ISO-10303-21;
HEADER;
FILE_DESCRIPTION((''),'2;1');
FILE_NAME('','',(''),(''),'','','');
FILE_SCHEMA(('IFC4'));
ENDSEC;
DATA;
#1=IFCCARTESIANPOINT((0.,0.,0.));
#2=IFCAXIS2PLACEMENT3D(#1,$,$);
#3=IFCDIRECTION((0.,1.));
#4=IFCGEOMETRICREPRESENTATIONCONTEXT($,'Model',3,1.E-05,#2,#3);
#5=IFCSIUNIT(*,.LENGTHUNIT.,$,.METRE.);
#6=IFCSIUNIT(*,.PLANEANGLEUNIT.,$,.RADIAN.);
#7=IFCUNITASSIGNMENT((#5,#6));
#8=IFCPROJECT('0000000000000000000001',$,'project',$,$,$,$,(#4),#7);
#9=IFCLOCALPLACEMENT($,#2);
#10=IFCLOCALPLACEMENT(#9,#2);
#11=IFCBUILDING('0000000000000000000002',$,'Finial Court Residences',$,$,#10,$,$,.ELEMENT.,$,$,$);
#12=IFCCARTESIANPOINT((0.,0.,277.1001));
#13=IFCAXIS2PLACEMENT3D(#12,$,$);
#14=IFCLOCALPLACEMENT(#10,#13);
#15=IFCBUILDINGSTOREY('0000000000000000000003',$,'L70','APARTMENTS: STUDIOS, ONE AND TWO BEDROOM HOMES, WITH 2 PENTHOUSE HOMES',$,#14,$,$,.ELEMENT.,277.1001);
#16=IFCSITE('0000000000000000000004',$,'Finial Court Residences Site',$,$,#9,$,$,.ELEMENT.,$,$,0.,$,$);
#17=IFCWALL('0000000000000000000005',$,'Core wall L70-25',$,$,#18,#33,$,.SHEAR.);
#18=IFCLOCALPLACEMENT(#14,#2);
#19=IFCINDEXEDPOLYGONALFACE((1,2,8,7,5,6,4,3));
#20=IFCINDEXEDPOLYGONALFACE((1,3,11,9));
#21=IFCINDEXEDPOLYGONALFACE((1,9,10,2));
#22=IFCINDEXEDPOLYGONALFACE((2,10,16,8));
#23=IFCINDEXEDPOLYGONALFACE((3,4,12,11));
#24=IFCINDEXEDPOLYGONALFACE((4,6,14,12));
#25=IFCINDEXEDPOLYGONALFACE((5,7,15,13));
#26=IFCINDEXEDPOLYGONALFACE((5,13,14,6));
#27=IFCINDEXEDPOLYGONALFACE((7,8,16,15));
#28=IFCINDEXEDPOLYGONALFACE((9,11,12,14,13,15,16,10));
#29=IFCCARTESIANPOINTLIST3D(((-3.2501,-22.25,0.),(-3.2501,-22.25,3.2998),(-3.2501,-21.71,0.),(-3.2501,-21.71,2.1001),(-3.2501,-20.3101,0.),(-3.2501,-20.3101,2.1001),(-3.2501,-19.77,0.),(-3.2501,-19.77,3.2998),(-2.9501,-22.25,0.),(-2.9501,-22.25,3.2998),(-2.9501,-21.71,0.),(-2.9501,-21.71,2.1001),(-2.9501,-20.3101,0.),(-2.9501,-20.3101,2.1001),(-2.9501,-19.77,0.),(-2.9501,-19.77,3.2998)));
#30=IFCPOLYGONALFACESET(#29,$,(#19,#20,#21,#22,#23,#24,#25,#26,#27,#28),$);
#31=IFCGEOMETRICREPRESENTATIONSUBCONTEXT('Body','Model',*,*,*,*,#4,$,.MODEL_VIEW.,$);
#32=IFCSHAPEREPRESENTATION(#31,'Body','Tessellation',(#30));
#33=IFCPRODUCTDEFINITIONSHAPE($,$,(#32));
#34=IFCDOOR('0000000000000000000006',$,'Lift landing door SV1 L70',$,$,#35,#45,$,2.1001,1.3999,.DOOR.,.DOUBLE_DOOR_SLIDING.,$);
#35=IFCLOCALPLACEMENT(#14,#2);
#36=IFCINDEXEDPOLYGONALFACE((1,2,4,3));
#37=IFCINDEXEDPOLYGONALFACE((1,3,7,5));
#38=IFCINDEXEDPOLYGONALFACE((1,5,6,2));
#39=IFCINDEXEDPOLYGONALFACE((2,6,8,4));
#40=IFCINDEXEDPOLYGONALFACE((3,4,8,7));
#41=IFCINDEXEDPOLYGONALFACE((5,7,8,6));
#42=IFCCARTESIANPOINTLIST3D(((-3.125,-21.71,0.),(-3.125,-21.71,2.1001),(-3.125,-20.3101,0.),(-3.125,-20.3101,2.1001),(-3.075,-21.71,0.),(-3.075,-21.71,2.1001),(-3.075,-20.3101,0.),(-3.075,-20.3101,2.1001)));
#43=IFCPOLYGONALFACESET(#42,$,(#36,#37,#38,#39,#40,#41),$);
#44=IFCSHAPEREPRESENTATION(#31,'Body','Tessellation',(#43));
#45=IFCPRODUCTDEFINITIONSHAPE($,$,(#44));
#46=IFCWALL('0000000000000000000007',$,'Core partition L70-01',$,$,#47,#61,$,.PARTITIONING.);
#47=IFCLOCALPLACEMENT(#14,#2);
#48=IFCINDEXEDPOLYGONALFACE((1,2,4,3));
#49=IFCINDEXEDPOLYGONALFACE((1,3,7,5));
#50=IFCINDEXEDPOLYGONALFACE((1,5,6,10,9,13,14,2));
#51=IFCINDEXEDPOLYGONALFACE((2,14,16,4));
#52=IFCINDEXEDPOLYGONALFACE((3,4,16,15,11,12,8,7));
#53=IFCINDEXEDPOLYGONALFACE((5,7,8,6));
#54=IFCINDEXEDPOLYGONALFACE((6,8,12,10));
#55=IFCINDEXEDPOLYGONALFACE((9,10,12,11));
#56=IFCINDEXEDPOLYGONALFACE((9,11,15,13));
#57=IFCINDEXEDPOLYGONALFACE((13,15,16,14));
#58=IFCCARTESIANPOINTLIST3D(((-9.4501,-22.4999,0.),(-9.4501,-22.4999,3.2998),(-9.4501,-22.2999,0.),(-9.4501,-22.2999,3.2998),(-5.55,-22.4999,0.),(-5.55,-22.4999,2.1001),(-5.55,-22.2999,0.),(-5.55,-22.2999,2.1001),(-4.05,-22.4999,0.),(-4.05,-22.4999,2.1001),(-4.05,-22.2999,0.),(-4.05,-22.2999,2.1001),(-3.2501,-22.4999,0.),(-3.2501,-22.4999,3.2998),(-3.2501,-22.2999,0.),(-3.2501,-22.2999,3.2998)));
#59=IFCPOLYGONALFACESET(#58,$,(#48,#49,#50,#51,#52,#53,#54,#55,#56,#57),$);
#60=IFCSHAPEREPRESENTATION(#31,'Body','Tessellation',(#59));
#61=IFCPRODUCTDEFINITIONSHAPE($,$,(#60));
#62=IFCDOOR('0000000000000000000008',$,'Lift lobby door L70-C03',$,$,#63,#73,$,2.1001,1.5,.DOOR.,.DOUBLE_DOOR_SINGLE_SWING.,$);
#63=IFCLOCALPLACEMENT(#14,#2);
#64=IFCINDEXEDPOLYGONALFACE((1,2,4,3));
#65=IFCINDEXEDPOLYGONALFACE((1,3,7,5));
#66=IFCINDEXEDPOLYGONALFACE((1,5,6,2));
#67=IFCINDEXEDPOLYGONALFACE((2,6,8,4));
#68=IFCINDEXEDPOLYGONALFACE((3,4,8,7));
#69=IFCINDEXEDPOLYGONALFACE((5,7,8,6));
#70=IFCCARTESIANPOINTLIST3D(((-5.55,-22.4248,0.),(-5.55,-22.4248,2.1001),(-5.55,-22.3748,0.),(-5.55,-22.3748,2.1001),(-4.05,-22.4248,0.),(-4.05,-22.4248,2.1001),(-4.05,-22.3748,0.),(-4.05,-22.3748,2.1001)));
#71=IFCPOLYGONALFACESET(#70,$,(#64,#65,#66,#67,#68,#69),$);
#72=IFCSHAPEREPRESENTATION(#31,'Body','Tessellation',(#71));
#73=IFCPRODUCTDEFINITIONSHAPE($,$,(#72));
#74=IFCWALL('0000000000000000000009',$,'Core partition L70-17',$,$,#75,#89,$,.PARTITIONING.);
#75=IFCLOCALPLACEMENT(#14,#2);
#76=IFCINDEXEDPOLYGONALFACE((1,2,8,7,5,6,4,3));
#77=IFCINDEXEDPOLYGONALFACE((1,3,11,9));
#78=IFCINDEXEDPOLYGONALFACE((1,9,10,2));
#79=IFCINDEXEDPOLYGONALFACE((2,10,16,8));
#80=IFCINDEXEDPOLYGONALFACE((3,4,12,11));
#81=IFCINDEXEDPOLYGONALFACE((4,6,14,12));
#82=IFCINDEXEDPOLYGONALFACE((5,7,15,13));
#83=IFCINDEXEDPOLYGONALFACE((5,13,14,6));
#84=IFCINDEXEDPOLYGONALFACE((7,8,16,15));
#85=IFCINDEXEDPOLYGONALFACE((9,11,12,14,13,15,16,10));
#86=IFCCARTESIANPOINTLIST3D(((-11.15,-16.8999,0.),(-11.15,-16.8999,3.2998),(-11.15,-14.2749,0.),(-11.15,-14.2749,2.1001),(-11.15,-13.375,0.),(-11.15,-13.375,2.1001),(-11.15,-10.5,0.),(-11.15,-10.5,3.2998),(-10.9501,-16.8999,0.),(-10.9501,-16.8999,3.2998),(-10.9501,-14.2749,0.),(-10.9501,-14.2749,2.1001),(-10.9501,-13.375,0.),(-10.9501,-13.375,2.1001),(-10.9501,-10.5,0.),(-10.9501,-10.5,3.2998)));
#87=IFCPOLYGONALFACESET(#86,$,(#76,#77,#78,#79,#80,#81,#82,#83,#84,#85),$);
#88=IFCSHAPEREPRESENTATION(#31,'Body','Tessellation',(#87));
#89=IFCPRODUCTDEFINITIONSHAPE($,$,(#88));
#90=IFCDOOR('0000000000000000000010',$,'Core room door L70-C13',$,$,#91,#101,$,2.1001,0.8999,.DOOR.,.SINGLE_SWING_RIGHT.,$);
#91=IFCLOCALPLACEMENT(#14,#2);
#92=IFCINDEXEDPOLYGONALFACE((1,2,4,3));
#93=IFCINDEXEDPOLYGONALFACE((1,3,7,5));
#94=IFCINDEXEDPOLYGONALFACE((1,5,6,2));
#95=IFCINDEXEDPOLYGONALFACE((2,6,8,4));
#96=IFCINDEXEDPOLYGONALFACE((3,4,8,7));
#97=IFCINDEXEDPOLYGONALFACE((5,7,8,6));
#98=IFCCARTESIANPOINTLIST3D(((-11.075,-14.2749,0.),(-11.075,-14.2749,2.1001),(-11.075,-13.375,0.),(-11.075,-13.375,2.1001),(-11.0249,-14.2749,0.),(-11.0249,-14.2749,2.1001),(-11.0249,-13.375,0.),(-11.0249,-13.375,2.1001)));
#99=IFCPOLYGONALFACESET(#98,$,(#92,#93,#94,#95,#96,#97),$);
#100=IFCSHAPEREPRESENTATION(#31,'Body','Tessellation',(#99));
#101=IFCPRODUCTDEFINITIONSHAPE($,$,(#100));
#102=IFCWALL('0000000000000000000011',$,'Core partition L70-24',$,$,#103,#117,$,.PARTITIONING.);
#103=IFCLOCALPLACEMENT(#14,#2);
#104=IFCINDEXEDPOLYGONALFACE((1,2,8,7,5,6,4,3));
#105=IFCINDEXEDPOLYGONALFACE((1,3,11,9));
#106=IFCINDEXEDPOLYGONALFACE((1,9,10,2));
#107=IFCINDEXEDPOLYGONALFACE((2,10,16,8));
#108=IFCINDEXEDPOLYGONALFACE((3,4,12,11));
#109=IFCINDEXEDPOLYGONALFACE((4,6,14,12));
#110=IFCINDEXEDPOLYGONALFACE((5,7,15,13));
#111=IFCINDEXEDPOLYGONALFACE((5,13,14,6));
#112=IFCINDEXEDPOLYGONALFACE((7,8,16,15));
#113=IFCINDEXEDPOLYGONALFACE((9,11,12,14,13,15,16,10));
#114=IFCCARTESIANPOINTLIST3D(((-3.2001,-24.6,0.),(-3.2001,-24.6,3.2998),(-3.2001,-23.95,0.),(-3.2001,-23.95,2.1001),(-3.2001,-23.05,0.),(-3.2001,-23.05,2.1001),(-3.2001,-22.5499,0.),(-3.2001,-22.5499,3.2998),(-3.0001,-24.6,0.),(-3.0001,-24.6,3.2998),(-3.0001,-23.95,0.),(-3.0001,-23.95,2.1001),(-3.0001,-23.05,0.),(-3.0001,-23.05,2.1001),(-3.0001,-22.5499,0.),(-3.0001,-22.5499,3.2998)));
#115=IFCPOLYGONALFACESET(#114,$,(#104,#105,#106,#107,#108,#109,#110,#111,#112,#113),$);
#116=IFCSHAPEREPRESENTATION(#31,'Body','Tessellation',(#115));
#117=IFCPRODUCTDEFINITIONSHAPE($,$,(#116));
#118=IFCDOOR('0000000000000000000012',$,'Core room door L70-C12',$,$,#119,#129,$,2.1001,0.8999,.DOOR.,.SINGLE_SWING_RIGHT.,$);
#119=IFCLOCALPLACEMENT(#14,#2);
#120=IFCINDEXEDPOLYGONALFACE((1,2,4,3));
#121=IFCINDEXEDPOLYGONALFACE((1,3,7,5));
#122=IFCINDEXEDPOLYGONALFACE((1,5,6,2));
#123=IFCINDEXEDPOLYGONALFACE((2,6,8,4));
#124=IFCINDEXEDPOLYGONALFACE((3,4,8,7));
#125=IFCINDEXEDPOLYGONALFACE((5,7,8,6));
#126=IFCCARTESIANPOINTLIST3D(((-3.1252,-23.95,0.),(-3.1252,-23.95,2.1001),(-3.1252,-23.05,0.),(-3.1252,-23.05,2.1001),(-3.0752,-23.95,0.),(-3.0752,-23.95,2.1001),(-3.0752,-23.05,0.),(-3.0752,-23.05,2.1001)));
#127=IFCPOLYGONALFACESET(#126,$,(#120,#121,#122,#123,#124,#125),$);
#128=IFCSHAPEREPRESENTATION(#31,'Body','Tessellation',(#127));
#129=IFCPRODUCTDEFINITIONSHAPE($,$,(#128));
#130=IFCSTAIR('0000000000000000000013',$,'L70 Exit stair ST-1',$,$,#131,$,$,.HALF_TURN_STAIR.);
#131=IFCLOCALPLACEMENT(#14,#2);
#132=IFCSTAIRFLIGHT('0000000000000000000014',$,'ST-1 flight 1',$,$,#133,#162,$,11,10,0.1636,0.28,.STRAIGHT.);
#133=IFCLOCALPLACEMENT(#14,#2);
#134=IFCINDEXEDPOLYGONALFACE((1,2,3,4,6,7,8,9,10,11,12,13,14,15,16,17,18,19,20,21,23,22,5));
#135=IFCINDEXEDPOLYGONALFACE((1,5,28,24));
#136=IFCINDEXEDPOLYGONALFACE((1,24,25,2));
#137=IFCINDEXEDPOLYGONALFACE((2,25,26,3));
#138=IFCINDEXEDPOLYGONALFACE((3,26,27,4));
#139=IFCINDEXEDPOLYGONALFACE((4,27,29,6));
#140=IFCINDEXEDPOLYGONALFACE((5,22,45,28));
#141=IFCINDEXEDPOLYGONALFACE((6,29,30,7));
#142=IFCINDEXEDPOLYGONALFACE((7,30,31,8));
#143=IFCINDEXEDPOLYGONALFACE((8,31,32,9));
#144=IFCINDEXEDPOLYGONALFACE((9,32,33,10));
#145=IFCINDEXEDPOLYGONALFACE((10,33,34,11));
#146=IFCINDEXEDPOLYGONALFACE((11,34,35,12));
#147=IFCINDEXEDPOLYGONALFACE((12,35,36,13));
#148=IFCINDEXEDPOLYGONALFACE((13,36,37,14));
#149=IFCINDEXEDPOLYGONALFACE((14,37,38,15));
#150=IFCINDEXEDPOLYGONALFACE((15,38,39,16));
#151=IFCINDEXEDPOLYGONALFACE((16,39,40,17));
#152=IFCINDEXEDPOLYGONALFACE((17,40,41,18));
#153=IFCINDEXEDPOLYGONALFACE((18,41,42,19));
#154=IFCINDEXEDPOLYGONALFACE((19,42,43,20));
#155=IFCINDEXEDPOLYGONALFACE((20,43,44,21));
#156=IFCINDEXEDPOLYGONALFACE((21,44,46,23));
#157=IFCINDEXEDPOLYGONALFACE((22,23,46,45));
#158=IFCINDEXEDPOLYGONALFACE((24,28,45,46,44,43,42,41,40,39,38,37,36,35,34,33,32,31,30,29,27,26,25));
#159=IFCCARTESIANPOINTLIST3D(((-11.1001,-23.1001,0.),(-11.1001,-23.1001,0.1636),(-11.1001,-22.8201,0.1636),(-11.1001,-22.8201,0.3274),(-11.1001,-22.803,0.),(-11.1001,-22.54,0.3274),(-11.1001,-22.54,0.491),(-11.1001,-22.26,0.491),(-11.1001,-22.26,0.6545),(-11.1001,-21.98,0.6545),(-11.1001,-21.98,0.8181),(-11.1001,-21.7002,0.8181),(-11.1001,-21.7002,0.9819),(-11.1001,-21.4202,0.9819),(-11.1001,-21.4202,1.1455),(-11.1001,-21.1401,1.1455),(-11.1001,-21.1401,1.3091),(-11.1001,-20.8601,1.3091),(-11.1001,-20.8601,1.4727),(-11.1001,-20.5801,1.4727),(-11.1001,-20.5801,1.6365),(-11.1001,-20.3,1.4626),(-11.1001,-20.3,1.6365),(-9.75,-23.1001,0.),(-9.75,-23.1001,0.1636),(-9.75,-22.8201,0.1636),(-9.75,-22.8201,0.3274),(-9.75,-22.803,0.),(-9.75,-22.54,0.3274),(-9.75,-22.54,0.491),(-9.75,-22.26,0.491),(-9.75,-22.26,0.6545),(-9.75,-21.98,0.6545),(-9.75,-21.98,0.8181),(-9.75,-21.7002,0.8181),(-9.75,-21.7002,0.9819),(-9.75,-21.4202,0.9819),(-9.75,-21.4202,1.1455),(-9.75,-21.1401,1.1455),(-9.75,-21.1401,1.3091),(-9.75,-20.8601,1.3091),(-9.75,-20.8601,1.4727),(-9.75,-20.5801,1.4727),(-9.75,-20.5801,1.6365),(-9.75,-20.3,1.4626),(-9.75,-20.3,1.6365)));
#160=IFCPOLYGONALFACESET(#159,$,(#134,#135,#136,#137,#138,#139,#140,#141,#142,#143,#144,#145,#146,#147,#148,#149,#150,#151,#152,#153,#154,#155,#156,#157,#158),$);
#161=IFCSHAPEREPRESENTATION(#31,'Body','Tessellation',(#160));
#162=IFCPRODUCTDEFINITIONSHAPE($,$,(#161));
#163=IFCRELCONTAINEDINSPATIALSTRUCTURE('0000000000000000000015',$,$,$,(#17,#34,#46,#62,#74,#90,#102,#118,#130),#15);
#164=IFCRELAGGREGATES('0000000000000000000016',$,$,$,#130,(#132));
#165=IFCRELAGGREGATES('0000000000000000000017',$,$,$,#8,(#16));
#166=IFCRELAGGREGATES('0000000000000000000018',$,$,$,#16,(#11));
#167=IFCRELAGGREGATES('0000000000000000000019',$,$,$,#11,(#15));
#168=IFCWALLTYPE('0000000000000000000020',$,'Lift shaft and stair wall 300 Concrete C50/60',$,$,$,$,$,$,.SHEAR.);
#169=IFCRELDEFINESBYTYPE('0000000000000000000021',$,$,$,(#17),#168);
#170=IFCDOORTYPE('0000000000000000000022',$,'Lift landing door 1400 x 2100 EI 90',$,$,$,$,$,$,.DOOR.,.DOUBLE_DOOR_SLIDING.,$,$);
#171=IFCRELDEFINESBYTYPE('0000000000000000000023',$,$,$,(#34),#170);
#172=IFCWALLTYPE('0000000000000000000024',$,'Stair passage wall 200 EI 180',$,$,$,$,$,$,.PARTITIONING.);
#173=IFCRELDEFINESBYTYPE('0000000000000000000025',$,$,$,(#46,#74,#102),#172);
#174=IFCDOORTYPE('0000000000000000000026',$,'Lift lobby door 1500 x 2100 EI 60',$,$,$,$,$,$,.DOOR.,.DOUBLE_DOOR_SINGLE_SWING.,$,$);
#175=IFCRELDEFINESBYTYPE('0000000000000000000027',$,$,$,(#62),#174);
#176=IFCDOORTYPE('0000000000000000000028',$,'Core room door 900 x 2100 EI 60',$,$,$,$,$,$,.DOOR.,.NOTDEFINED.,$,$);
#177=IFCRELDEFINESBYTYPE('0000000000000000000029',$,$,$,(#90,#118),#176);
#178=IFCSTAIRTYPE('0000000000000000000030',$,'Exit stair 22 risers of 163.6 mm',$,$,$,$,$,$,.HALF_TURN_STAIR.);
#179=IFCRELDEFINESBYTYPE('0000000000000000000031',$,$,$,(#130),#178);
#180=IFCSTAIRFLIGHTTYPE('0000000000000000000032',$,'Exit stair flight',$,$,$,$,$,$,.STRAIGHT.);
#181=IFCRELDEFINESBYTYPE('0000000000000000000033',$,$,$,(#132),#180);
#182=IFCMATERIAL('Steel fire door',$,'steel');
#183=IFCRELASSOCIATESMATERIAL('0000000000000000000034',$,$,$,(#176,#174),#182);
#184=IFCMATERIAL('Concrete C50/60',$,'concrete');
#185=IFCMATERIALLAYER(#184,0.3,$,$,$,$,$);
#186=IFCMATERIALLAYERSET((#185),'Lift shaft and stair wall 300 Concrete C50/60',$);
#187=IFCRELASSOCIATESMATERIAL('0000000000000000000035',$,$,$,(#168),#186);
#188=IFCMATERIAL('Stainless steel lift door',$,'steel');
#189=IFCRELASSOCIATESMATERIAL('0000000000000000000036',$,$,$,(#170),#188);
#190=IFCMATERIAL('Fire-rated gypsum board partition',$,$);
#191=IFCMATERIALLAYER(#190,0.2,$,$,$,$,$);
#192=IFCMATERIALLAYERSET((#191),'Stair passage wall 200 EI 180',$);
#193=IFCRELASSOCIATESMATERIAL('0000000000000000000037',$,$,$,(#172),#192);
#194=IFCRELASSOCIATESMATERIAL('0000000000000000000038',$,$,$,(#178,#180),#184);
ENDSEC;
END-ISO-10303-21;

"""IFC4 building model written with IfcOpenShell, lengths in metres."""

from ifc_helpers import new_model, si_unit, direction, frame, frame_2d, origin, place, context, subcontext, project, spatial, polyline, rectangle, outline, extrude, material, layer, layer_set, type_object, element, fill, aggregate, save


model = new_model("IFC4")

# Units and contexts
model_context = context("Model", 3, precision=1e-05, world=origin(), true_north=direction((0.0, 1.0)))
body_context = subcontext(model_context, "Body", "Model", "MODEL_VIEW")
ifc_project = project(units=[si_unit("LENGTHUNIT", "METRE"), si_unit("PLANEANGLEUNIT", "RADIAN")], contexts=[model_context])

# Site, building, storey
site_placement = place(None, origin())
site = spatial("IfcSite", under=ifc_project, at=site_placement, Name="Finial Court Residences Site", CompositionType="ELEMENT", RefElevation=0.0)
building_placement = place(site_placement, origin())
building = spatial("IfcBuilding", under=site, at=building_placement, Name="Finial Court Residences", CompositionType="ELEMENT")
storey_placement = place(building_placement, frame((0.0, 0.0, 277.1001)))
storey = spatial("IfcBuildingStorey", under=building, at=storey_placement, Name="L70", Description="APARTMENTS: STUDIOS, ONE AND TWO BEDROOM HOMES, WITH 2 PENTHOUSE HOMES", CompositionType="ELEMENT", Elevation=277.1001)

# Shared definitions
ifc_material_1 = material(Name="Concrete C50/60", Category="concrete")

# Shared definitions
ifc_material_2 = material(Name="Fire-rated gypsum board partition")
ifc_material_3 = material(Name="Steel fire door", Category="steel")
door_type_1 = type_object("IfcDoorType", Name="Core room door 900 x 2100 EI 60", OperationType="NOTDEFINED", PredefinedType="DOOR", material=ifc_material_3)

# Shared definitions
ifc_layer_1 = layer(ifc_material_1, 0.3)
ifc_layer_set_1 = layer_set([ifc_layer_1], Name="Lift shaft and stair wall 300 Concrete C50/60")
wall_type_1 = type_object("IfcWallType", Name="Lift shaft and stair wall 300 Concrete C50/60", PredefinedType="SHEAR", material=ifc_layer_set_1)

# Walls, openings, doors
wall_1_placement = place(storey_placement, frame((-3.1001, -22.25, 0.0), z_axis=(0.0, 0.0, 1.0), x_axis=(0.0, 1.0, 0.0)))
wall_1 = element("IfcWall", 1, at=wall_1_placement, inside=storey, type_object=wall_type_1, Name="Core wall L70-25", PredefinedType="SHEAR", context=body_context, shape_type="SweptSolid", body=[
    extrude(rectangle(XDim=2.48, YDim=0.3, at=frame_2d((1.24, 0.0))), origin(), (0.0, 0.0, 1.0), 3.2998),
])
opening_1_placement = place(wall_1_placement, frame((0.54, 0.0, 0.0)))
opening_1 = element("IfcOpeningElement", 2, at=opening_1_placement, cuts=wall_1, PredefinedType="OPENING", context=body_context, shape_type="SweptSolid", body=[
    extrude(rectangle(XDim=1.3999, YDim=2.1001, at=frame_2d((0.7, 1.05))), frame((0.0, 0.1599, 0.0), z_axis=(0.0, -1.0, 0.0), x_axis=(1.0, 0.0, 0.0)), (0.0, 0.0, 1.0), 0.3201),
])
ifc_material_4 = material(Name="Stainless steel lift door", Category="steel")
door_type_2 = type_object("IfcDoorType", Name="Lift landing door 1400 x 2100 EI 90", OperationType="DOUBLE_DOOR_SLIDING", PredefinedType="DOOR", material=ifc_material_4)
door_1_placement = place(opening_1_placement, origin())
door_1 = element("IfcDoor", 3, at=door_1_placement, inside=storey, type_object=door_type_2, Name="Lift landing door SV1 L70", OperationType="DOUBLE_DOOR_SLIDING", OverallHeight=2.1001, OverallWidth=1.3999, PredefinedType="DOOR", context=body_context, shape_type="SweptSolid", body=[
    extrude(rectangle(XDim=1.3999, YDim=2.1001, at=frame_2d((0.7, 1.05))), frame((0.0, 0.0249, 0.0), z_axis=(0.0, -1.0, 0.0), x_axis=(1.0, 0.0, 0.0)), (0.0, 0.0, 1.0), 0.05),
])
fill(opening_1, door_1)
ifc_layer_2 = layer(ifc_material_2, 0.2)
ifc_layer_set_2 = layer_set([ifc_layer_2], Name="Stair passage wall 200 EI 180")
wall_type_2 = type_object("IfcWallType", Name="Stair passage wall 200 EI 180", PredefinedType="PARTITIONING", material=ifc_layer_set_2)
wall_2_placement = place(storey_placement, frame((-3.25, -22.3999, 0.0), z_axis=(0.0, 0.0, 1.0), x_axis=(-1.0, 0.0, 0.0)))
wall_2 = element("IfcWall", 4, at=wall_2_placement, inside=storey, type_object=wall_type_2, Name="Core partition L70-01", PredefinedType="PARTITIONING", context=body_context, shape_type="SweptSolid", body=[
    extrude(rectangle(XDim=6.2, YDim=0.2, at=frame_2d((3.1001, 0.0))), origin(), (0.0, 0.0, 1.0), 3.2998),
])
opening_2_placement = place(wall_2_placement, frame((0.8, 0.0, 0.0)))
opening_2 = element("IfcOpeningElement", 5, at=opening_2_placement, cuts=wall_2, PredefinedType="OPENING", context=body_context, shape_type="SweptSolid", body=[
    extrude(rectangle(XDim=1.5, YDim=2.1001, at=frame_2d((0.75, 1.05))), frame((0.0, 0.1099, 0.0), z_axis=(0.0, -1.0, 0.0), x_axis=(1.0, 0.0, 0.0)), (0.0, 0.0, 1.0), 0.22),
])
door_type_3 = type_object("IfcDoorType", Name="Lift lobby door 1500 x 2100 EI 60", OperationType="DOUBLE_DOOR_SINGLE_SWING", PredefinedType="DOOR", material=ifc_material_3)
door_2_placement = place(opening_2_placement, origin())
door_2 = element("IfcDoor", 6, at=door_2_placement, inside=storey, type_object=door_type_3, Name="Lift lobby door L70-C03", OperationType="DOUBLE_DOOR_SINGLE_SWING", OverallHeight=2.1001, OverallWidth=1.5, PredefinedType="DOOR", context=body_context, shape_type="SweptSolid", body=[
    extrude(rectangle(XDim=1.5, YDim=2.1001, at=frame_2d((0.75, 1.05))), frame((0.0, 0.0249, 0.0), z_axis=(0.0, -1.0, 0.0), x_axis=(1.0, 0.0, 0.0)), (0.0, 0.0, 1.0), 0.05),
])
fill(opening_2, door_2)
wall_3_placement = place(storey_placement, frame((-11.05, -16.8999, 0.0), z_axis=(0.0, 0.0, 1.0), x_axis=(0.0, 1.0, 0.0)))
wall_3 = element("IfcWall", 7, at=wall_3_placement, inside=storey, type_object=wall_type_2, Name="Core partition L70-17", PredefinedType="PARTITIONING", context=body_context, shape_type="SweptSolid", body=[
    extrude(rectangle(XDim=6.3999, YDim=0.2, at=frame_2d((3.2, 0.0))), origin(), (0.0, 0.0, 1.0), 3.2998),
])
opening_3_placement = place(wall_3_placement, frame((2.625, 0.0, 0.0)))
opening_3 = element("IfcOpeningElement", 8, at=opening_3_placement, cuts=wall_3, PredefinedType="OPENING", context=body_context, shape_type="SweptSolid", body=[
    extrude(rectangle(XDim=0.8999, YDim=2.1001, at=frame_2d((0.45, 1.05))), frame((0.0, 0.1099, 0.0), z_axis=(0.0, -1.0, 0.0), x_axis=(1.0, 0.0, 0.0)), (0.0, 0.0, 1.0), 0.22),
])
door_3_placement = place(opening_3_placement, origin())
door_3 = element("IfcDoor", 9, at=door_3_placement, inside=storey, type_object=door_type_1, Name="Core room door L70-C13", OperationType="SINGLE_SWING_RIGHT", OverallHeight=2.1001, OverallWidth=0.8999, PredefinedType="DOOR", context=body_context, shape_type="SweptSolid", body=[
    extrude(rectangle(XDim=0.8999, YDim=2.1001, at=frame_2d((0.45, 1.05))), frame((0.0, 0.0249, 0.0), z_axis=(0.0, -1.0, 0.0), x_axis=(1.0, 0.0, 0.0)), (0.0, 0.0, 1.0), 0.05),
])
fill(opening_3, door_3)
wall_4_placement = place(storey_placement, frame((-3.1001, -22.55, 0.0), z_axis=(0.0, 0.0, 1.0), x_axis=(0.0, -1.0, 0.0)))
wall_4 = element("IfcWall", 10, at=wall_4_placement, inside=storey, type_object=wall_type_2, Name="Core partition L70-24", PredefinedType="PARTITIONING", context=body_context, shape_type="SweptSolid", body=[
    extrude(rectangle(XDim=2.05, YDim=0.2, at=frame_2d((1.0249, 0.0))), origin(), (0.0, 0.0, 1.0), 3.2998),
])
opening_4_placement = place(wall_4_placement, frame((0.5, 0.0, 0.0)))
opening_4 = element("IfcOpeningElement", 11, at=opening_4_placement, cuts=wall_4, PredefinedType="OPENING", context=body_context, shape_type="SweptSolid", body=[
    extrude(rectangle(XDim=0.8999, YDim=2.1001, at=frame_2d((0.45, 1.05))), frame((0.0, 0.1099, 0.0), z_axis=(0.0, -1.0, 0.0), x_axis=(1.0, 0.0, 0.0)), (0.0, 0.0, 1.0), 0.22),
])
door_4_placement = place(opening_4_placement, origin())
door_4 = element("IfcDoor", 12, at=door_4_placement, inside=storey, type_object=door_type_1, Name="Core room door L70-C12", OperationType="SINGLE_SWING_RIGHT", OverallHeight=2.1001, OverallWidth=0.8999, PredefinedType="DOOR", context=body_context, shape_type="SweptSolid", body=[
    extrude(rectangle(XDim=0.8999, YDim=2.1001, at=frame_2d((0.45, 1.05))), frame((0.0, 0.0249, 0.0), z_axis=(0.0, -1.0, 0.0), x_axis=(1.0, 0.0, 0.0)), (0.0, 0.0, 1.0), 0.05),
])
fill(opening_4, door_4)

# Stair, stair flight
stair_type = type_object("IfcStairType", Name="Exit stair 22 risers of 163.6 mm", PredefinedType="HALF_TURN_STAIR", material=ifc_material_1)
stair_placement = place(storey_placement, origin())
stair = element("IfcStair", 13, at=stair_placement, inside=storey, type_object=stair_type, Name="L70 Exit stair ST-1", PredefinedType="HALF_TURN_STAIR")
stair_flight_type = type_object("IfcStairFlightType", Name="Exit stair flight", PredefinedType="STRAIGHT", material=ifc_material_1)
stair_flight_1_placement = place(storey_placement, frame((-10.425, -23.1001, 0.0), z_axis=(0.0, 0.0, 1.0), x_axis=(0.0, 1.0, 0.0)))
stair_flight_1 = element("IfcStairFlight", 14, at=stair_flight_1_placement, type_object=stair_flight_type, Name="ST-1 flight 1", NumberOfRisers=11, NumberOfTreads=10, PredefinedType="STRAIGHT", RiserHeight=0.1636, TreadLength=0.28, context=body_context, shape_type="SweptSolid", body=[
    extrude(outline(polyline([(0.0, 0.0), (0.0, 0.1636), (0.28, 0.1636), (0.28, 0.3274), (0.5601, 0.3274), (0.5601, 0.491), (0.8401, 0.491), (0.8401, 0.6545), (1.1201, 0.6545), (1.1201, 0.8181), (1.3999, 0.8181), (1.3999, 0.9819), (1.6799, 0.9819), (1.6799, 1.1455), (1.96, 1.1455), (1.96, 1.3091), (2.24, 1.3091), (2.24, 1.4727), (2.52, 1.4727), (2.52, 1.6365), (2.8, 1.6365), (2.8, 1.8), (2.8, 1.4626), (0.2971, 0.0), (0.0, 0.0)])), frame((0.0, 0.675, 0.0), z_axis=(0.0, -1.0, 0.0), x_axis=(1.0, 0.0, 0.0)), (0.0, 0.0, 1.0), 1.3501),
])
aggregate(stair, [stair_flight_1])

save(model, "model.ifc")
